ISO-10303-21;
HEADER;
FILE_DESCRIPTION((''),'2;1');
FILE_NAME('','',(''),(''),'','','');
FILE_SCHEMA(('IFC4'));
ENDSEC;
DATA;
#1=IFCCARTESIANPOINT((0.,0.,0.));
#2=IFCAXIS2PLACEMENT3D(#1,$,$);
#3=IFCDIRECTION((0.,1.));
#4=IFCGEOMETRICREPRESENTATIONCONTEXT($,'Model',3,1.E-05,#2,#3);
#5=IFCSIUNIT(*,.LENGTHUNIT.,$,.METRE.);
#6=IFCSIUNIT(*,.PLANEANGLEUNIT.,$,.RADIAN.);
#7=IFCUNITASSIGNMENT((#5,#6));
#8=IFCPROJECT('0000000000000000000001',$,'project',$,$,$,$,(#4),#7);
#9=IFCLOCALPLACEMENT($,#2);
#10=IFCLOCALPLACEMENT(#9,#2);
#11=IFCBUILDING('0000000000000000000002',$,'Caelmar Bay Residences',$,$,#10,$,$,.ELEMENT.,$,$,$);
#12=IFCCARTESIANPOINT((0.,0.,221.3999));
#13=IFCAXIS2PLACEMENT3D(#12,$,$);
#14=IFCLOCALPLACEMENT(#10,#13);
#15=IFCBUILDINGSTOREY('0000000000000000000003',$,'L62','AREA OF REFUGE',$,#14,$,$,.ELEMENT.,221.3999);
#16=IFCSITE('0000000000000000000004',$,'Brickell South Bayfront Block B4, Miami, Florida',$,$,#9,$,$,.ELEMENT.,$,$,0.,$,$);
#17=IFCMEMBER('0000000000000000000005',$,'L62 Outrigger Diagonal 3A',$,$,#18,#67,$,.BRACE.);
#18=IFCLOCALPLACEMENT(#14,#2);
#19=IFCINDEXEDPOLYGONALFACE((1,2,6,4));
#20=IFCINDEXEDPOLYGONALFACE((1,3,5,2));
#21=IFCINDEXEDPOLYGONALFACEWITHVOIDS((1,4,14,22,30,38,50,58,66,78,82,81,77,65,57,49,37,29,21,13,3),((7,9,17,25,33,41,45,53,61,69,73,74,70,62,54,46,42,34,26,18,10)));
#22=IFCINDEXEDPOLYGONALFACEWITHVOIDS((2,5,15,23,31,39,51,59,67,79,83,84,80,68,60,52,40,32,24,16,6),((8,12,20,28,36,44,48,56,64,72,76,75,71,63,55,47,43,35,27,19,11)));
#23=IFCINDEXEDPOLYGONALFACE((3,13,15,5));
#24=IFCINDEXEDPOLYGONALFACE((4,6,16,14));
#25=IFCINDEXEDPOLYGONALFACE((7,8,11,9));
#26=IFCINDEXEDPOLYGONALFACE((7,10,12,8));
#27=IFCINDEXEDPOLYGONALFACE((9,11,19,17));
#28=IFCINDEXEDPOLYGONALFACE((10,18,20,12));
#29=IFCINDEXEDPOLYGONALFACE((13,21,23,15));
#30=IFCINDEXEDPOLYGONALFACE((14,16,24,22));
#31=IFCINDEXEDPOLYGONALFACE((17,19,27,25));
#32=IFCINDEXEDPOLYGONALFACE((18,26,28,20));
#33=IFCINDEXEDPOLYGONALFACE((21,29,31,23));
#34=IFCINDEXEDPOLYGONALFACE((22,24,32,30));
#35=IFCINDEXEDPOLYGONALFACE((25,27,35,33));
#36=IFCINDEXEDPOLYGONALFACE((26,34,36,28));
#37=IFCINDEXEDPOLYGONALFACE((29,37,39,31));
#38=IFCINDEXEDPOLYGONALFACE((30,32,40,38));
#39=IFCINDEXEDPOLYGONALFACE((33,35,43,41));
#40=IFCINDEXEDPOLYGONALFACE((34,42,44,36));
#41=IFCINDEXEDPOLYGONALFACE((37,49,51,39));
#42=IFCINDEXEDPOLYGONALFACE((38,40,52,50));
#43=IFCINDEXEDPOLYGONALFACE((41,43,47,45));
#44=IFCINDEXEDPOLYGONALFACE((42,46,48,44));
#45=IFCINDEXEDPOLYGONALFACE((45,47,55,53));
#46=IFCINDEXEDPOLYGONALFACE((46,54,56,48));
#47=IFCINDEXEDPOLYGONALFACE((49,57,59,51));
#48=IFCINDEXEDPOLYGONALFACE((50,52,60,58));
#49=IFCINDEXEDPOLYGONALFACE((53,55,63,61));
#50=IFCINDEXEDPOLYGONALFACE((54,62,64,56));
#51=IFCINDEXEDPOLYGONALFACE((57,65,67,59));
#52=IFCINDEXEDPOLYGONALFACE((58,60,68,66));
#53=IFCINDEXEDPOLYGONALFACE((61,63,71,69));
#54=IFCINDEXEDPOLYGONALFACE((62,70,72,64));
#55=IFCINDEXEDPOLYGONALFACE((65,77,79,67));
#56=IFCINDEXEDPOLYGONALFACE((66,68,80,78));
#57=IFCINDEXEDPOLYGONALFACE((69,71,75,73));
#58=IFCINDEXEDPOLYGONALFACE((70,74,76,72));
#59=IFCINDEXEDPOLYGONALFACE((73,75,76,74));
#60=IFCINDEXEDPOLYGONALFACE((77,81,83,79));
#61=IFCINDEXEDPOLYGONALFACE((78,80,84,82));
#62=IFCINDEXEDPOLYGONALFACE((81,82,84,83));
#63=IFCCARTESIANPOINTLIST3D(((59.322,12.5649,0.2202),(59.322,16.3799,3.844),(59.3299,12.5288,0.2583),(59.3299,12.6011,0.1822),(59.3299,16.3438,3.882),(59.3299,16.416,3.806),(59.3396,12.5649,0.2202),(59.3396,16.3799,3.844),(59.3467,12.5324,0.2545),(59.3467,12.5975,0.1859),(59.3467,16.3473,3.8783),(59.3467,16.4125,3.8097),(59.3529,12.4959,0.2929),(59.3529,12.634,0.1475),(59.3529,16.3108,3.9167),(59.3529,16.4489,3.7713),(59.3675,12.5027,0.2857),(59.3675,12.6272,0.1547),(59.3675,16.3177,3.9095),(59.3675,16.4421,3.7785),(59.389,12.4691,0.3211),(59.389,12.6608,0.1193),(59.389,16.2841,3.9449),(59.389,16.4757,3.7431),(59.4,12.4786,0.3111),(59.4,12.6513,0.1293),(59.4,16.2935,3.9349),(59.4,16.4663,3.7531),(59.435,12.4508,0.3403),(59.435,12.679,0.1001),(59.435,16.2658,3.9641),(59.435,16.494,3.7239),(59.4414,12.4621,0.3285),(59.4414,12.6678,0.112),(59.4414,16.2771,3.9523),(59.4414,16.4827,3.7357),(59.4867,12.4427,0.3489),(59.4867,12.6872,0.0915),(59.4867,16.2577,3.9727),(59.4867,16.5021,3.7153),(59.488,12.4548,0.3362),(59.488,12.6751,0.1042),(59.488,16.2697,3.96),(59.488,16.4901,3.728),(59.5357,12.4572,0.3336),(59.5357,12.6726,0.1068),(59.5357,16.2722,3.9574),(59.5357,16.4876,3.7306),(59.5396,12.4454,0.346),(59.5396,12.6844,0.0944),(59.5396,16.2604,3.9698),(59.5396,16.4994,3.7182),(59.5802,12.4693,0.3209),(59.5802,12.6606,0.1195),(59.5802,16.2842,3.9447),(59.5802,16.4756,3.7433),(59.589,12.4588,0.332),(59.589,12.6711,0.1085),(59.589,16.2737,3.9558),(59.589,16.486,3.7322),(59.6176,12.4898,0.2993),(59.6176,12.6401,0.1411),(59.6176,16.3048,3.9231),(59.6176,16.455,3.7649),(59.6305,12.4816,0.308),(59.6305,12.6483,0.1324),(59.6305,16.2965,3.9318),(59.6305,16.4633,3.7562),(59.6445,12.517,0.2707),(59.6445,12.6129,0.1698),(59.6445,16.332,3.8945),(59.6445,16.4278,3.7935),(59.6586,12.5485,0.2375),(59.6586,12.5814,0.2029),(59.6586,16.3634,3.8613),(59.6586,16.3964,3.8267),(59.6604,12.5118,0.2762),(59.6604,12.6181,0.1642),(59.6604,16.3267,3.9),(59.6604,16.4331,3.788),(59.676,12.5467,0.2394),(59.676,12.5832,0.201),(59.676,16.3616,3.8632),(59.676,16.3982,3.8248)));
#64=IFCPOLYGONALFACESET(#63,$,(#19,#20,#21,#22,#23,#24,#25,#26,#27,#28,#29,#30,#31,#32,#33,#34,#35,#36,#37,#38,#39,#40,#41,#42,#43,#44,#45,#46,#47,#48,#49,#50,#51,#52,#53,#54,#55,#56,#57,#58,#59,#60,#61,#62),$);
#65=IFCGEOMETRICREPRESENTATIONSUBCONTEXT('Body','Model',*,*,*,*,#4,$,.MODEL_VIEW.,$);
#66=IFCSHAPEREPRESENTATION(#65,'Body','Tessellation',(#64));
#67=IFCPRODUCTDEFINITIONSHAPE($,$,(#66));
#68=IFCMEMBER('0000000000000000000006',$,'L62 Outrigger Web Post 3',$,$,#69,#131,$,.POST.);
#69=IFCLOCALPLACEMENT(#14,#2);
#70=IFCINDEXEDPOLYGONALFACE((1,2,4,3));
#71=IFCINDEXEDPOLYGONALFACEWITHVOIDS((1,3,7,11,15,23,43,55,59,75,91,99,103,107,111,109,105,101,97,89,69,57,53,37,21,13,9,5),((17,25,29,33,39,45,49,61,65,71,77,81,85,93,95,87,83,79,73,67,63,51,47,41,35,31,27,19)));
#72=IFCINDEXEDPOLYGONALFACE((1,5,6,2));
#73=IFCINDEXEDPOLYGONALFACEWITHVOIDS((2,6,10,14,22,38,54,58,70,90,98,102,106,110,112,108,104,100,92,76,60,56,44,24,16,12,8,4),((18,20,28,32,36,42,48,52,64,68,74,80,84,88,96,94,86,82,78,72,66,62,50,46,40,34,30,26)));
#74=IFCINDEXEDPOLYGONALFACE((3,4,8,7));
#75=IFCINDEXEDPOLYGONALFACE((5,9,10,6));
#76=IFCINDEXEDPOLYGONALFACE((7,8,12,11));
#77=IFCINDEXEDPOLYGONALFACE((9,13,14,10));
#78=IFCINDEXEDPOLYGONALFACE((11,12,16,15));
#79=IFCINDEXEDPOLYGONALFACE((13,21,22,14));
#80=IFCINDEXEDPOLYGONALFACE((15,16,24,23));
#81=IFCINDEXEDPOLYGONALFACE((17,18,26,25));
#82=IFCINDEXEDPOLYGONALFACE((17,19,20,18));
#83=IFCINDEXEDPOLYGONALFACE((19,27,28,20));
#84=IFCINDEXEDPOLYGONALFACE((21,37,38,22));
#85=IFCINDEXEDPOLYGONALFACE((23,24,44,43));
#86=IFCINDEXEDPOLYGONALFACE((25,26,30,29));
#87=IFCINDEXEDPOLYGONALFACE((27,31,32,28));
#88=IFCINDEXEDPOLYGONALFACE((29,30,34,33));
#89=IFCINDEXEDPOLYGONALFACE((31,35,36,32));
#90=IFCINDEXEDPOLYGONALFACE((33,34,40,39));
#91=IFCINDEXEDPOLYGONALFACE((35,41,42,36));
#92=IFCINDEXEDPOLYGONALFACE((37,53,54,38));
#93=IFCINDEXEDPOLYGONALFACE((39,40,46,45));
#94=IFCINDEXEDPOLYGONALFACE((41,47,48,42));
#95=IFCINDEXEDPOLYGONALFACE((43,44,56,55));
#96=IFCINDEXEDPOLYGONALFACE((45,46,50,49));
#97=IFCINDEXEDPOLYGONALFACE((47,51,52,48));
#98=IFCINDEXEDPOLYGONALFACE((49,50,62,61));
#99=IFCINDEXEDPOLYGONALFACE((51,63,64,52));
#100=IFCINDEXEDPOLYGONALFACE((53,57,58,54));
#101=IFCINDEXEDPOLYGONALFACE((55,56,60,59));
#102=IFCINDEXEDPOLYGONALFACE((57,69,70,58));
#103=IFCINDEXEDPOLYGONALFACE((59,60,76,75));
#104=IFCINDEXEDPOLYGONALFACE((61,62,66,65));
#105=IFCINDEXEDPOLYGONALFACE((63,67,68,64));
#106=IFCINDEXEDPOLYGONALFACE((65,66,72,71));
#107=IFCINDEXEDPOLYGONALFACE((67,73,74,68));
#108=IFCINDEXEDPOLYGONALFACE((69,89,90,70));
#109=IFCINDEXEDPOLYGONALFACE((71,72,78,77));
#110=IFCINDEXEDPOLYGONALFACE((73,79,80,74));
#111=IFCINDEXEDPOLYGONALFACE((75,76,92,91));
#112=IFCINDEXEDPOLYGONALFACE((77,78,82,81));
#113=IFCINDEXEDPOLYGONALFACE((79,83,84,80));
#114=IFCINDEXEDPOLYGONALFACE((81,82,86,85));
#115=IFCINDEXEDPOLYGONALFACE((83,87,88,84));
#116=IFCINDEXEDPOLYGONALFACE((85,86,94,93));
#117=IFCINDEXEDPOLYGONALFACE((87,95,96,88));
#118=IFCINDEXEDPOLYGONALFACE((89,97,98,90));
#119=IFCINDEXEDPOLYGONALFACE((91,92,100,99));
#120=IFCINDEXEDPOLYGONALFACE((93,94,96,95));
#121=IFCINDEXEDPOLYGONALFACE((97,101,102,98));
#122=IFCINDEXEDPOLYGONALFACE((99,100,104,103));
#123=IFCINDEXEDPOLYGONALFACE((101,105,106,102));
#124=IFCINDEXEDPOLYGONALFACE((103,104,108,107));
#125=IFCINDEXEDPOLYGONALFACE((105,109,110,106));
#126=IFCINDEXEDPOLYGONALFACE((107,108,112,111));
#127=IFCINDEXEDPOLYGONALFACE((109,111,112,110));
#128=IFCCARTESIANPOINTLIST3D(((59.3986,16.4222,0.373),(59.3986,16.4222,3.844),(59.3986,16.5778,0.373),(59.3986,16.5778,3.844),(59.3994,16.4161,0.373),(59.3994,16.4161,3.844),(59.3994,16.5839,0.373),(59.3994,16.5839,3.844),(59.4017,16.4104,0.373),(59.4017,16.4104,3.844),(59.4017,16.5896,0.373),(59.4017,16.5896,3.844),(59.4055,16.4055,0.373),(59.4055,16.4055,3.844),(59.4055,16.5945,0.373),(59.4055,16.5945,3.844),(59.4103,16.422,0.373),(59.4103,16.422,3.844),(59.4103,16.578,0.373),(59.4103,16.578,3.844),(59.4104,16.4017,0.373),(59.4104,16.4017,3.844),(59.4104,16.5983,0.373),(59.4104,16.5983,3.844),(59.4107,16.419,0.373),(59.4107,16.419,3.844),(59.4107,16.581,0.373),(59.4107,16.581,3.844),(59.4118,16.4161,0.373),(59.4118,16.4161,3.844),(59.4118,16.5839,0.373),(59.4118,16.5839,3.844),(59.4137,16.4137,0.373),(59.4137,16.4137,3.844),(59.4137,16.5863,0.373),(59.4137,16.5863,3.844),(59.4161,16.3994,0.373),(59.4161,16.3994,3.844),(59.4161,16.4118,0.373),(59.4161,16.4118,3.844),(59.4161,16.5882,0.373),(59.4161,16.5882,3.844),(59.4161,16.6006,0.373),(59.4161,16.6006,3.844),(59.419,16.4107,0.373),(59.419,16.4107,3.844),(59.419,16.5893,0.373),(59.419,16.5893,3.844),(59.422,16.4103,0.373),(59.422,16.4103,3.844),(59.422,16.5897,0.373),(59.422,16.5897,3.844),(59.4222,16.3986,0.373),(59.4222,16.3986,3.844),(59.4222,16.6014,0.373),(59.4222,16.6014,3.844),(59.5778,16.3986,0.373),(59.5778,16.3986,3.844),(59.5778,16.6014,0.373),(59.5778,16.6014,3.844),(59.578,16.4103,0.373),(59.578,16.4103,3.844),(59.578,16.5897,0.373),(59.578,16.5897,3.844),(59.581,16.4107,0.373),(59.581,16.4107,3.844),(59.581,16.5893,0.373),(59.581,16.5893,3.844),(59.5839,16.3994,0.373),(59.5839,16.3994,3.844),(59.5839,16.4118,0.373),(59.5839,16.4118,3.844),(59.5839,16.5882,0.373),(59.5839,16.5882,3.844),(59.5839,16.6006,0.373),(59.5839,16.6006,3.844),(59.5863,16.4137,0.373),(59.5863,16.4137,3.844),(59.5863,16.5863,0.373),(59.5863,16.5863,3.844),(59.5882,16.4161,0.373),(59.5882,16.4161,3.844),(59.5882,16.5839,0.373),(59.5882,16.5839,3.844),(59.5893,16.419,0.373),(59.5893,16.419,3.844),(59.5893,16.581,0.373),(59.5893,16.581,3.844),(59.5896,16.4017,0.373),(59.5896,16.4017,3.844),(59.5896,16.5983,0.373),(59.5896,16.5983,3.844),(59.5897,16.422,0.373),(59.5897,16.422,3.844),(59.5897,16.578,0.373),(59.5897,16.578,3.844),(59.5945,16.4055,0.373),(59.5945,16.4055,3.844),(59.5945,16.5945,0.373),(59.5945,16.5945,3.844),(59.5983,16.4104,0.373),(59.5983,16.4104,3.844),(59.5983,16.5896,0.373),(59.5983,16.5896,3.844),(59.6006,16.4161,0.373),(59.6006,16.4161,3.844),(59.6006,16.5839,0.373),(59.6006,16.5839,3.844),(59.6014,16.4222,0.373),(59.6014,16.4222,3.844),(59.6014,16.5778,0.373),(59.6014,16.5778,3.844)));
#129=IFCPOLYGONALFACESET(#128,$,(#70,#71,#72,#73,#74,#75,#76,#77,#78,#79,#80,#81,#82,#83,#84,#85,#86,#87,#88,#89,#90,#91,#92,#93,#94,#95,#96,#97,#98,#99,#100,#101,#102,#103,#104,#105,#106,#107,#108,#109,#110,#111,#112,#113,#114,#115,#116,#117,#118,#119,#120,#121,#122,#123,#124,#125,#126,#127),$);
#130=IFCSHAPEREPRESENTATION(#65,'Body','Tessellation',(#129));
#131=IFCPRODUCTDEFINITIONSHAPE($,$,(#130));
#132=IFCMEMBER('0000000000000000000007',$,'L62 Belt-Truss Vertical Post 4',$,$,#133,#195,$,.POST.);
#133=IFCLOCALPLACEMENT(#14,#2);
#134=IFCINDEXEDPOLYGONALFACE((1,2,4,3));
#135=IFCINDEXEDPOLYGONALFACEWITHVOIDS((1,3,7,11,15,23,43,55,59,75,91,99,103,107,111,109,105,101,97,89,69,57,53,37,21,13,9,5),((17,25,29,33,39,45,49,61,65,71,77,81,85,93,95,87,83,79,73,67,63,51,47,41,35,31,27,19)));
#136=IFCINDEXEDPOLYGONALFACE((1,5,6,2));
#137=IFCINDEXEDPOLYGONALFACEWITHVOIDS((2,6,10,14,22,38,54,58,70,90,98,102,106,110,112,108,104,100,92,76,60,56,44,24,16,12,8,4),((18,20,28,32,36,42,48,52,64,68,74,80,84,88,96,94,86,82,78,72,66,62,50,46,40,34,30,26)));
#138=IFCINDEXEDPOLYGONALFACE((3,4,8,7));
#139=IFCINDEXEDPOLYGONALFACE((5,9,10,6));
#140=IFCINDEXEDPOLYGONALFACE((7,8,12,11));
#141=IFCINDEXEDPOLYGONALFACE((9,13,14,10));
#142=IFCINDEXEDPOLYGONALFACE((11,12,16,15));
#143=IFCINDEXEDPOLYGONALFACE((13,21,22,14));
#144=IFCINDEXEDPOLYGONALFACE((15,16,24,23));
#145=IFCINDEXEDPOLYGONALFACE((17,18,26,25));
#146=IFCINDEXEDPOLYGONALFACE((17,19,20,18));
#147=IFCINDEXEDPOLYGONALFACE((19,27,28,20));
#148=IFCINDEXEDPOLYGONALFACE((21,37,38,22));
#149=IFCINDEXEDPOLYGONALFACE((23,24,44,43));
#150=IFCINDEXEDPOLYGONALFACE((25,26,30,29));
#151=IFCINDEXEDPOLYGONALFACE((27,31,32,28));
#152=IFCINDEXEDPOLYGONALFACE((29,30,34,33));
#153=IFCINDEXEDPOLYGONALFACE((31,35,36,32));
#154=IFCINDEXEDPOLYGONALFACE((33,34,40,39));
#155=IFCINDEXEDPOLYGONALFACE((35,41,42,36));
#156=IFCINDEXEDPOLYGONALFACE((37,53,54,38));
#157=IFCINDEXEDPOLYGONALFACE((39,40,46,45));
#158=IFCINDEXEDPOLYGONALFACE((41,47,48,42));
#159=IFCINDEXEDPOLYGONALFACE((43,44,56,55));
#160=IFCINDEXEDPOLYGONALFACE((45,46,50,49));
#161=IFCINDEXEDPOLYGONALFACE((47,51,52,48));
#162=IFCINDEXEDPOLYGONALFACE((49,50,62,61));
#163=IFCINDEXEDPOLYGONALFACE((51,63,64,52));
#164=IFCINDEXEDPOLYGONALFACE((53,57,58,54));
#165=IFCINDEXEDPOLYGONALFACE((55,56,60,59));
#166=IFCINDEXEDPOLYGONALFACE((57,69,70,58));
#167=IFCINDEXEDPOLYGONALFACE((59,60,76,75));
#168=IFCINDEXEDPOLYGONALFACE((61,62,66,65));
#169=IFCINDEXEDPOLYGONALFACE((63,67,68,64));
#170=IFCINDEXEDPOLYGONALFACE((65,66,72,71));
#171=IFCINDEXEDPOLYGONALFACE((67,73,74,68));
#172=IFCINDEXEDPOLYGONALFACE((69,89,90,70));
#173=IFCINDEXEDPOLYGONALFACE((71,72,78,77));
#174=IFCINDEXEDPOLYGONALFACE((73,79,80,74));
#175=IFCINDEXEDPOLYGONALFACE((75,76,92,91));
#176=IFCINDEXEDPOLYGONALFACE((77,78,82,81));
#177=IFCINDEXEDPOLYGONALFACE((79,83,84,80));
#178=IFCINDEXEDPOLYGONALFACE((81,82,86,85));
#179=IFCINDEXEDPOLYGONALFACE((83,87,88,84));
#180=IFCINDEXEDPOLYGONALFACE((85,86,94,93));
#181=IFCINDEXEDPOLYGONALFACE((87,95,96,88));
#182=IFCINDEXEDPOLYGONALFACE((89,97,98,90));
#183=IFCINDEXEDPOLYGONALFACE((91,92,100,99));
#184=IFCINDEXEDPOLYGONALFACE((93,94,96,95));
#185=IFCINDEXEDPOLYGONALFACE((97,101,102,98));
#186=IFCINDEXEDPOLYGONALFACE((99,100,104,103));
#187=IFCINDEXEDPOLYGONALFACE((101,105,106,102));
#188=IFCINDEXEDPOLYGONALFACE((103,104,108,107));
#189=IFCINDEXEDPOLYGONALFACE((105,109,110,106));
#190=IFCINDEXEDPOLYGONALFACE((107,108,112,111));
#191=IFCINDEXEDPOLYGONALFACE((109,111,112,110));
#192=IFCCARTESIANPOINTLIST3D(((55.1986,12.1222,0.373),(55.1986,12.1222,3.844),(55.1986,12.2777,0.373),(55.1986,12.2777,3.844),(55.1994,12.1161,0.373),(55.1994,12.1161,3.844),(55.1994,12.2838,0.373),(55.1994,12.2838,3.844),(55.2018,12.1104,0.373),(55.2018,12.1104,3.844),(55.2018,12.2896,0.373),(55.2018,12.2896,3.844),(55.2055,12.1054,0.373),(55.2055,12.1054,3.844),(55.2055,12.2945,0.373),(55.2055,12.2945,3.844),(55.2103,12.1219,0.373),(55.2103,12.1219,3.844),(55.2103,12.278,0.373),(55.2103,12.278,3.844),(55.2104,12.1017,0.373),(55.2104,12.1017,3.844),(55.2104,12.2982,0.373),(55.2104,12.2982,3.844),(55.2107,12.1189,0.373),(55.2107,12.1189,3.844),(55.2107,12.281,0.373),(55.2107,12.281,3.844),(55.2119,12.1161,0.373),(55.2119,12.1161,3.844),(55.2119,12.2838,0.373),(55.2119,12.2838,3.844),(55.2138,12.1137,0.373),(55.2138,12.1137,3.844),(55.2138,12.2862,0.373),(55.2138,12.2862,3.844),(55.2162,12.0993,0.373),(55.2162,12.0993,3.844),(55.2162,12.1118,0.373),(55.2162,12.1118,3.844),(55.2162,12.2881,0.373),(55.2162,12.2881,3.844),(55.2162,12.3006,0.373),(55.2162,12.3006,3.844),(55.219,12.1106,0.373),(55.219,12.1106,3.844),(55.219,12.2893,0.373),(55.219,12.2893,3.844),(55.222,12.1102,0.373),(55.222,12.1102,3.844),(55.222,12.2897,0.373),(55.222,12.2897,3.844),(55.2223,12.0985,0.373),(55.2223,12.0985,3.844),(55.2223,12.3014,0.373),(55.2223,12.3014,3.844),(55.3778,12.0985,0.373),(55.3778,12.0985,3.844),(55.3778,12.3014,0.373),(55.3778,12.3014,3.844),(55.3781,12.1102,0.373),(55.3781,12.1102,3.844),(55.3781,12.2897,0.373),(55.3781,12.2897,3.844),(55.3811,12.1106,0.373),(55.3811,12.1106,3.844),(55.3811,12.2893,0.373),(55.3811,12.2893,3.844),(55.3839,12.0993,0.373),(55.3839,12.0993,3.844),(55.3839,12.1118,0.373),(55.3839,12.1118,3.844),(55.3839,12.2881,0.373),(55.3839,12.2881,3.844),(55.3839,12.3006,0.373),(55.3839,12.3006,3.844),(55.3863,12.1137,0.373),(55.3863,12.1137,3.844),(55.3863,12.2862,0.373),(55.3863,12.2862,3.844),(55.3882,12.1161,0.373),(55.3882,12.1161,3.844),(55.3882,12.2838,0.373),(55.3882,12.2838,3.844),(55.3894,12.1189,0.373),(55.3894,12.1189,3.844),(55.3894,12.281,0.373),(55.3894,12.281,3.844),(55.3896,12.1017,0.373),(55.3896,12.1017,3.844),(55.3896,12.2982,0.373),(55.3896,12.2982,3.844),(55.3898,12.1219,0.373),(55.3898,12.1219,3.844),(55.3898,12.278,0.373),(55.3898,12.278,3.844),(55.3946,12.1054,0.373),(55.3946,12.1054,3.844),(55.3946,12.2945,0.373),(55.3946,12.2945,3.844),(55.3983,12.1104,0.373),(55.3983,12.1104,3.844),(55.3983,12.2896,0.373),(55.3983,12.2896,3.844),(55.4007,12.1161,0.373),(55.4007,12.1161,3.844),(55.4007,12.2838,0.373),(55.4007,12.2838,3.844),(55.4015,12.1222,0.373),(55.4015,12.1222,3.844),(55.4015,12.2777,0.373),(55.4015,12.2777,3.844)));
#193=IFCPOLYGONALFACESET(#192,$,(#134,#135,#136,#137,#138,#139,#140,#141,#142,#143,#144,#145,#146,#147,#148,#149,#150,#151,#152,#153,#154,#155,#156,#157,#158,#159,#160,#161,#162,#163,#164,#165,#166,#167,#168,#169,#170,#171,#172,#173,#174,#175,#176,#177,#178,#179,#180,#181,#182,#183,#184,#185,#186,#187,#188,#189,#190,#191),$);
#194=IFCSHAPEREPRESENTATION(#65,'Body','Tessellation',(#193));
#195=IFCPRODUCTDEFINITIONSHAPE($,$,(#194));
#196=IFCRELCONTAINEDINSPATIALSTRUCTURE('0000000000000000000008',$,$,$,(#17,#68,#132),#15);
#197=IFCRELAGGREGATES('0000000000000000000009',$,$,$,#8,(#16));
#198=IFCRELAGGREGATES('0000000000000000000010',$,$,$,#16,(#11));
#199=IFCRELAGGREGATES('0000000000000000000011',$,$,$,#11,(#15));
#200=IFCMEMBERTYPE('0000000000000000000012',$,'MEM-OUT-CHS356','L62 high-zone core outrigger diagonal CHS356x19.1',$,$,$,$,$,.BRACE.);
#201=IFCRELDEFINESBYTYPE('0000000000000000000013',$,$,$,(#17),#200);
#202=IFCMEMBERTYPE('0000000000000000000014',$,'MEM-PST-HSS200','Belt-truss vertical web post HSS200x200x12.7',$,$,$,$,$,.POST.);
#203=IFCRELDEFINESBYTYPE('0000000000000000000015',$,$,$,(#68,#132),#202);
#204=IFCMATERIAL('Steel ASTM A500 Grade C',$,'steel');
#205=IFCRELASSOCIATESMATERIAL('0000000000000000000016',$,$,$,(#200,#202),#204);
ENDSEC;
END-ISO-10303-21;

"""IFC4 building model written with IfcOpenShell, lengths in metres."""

from ifc_helpers import new_model, si_unit, direction, frame, origin, origin_2d, place, context, subcontext, project, spatial, hollow_rectangle, hollow_circle, extrude, material, material_profile, profile_set, type_object, element, save


model = new_model("IFC4")

# Units and contexts
model_context = context("Model", 3, precision=1e-05, world=origin(), true_north=direction((0.0, 1.0)))
body_context = subcontext(model_context, "Body", "Model", "MODEL_VIEW")
ifc_project = project(units=[si_unit("LENGTHUNIT", "METRE"), si_unit("PLANEANGLEUNIT", "RADIAN")], contexts=[model_context])

# Site, building, storey
site_placement = place(None, origin())
site = spatial("IfcSite", under=ifc_project, at=site_placement, Name="Brickell South Bayfront Block B4, Miami, Florida", CompositionType="ELEMENT", RefElevation=0.0)
building_placement = place(site_placement, origin())
building = spatial("IfcBuilding", under=site, at=building_placement, Name="Caelmar Bay Residences", CompositionType="ELEMENT")
storey_placement = place(building_placement, frame((0.0, 0.0, 221.3999)))
storey = spatial("IfcBuildingStorey", under=building, at=storey_placement, Name="L62", Description="AREA OF REFUGE", CompositionType="ELEMENT", Elevation=221.3999)

# Members
ifc_material_1 = material(Name="Steel ASTM A500 Grade C", Category="steel")
ifc_material_profile_1 = material_profile(ifc_material_1, hollow_circle(Radius=0.178, WallThickness=0.0176, at=origin_2d()), Name="CHS356X19.1")
ifc_profile_set_1 = profile_set([ifc_material_profile_1], Name="Steel ASTM A500 Grade C")
member_type_1 = type_object("IfcMemberType", Name="MEM-OUT-CHS356", Description="L62 high-zone core outrigger diagonal CHS356x19.1", PredefinedType="BRACE", material=ifc_profile_set_1)
member_placement = place(storey_placement, frame((59.5, 12.5649, 0.2202), z_axis=(0.0, 0.725039, 0.688708), x_axis=(-1.0, 0.0, 0.0)))
element("IfcMember", 1, at=member_placement, inside=storey, type_object=member_type_1, Name="L62 Outrigger Diagonal 3A", PredefinedType="BRACE", context=body_context, shape_type="SweptSolid", body=[
    extrude(hollow_circle(Radius=0.178, WallThickness=0.0176, at=origin_2d()), origin(), (0.0, 0.0, 1.0), 5.2617),
])
ifc_material_profile_2 = material_profile(ifc_material_1, hollow_rectangle(XDim=0.2029, YDim=0.2029, WallThickness=0.0117, InnerFilletRadius=0.0117, OuterFilletRadius=0.0237, at=origin_2d()), Name="HSS200X200X12.7")
ifc_profile_set_2 = profile_set([ifc_material_profile_2], Name="Steel ASTM A500 Grade C")
member_type_2 = type_object("IfcMemberType", Name="MEM-PST-HSS200", Description="Belt-truss vertical web post HSS200x200x12.7", PredefinedType="POST", material=ifc_profile_set_2)
for number, where, z_axis, x_axis, name in (
    (2, (59.5, 16.5, 0.373), (0.0, 0.0, 1.0), (1.0, 0.0, 0.0), "L62 Outrigger Web Post 3"),
    (3, (55.3, 12.2, 0.373), (0.0, 0.0, 1.0), (1.0, 0.0, 0.0), "L62 Belt-Truss Vertical Post 4"),
):
    element("IfcMember", number, at=place(storey_placement, frame(where, z_axis=z_axis, x_axis=x_axis)), inside=storey, type_object=member_type_2, Name=name, PredefinedType="POST", context=body_context, shape_type="SweptSolid", body=[
        extrude(hollow_rectangle(XDim=0.2029, YDim=0.2029, WallThickness=0.0117, InnerFilletRadius=0.0117, OuterFilletRadius=0.0237, at=origin_2d()), origin(), (0.0, 0.0, 1.0), 3.4709),
    ])

save(model, "model.ifc")
